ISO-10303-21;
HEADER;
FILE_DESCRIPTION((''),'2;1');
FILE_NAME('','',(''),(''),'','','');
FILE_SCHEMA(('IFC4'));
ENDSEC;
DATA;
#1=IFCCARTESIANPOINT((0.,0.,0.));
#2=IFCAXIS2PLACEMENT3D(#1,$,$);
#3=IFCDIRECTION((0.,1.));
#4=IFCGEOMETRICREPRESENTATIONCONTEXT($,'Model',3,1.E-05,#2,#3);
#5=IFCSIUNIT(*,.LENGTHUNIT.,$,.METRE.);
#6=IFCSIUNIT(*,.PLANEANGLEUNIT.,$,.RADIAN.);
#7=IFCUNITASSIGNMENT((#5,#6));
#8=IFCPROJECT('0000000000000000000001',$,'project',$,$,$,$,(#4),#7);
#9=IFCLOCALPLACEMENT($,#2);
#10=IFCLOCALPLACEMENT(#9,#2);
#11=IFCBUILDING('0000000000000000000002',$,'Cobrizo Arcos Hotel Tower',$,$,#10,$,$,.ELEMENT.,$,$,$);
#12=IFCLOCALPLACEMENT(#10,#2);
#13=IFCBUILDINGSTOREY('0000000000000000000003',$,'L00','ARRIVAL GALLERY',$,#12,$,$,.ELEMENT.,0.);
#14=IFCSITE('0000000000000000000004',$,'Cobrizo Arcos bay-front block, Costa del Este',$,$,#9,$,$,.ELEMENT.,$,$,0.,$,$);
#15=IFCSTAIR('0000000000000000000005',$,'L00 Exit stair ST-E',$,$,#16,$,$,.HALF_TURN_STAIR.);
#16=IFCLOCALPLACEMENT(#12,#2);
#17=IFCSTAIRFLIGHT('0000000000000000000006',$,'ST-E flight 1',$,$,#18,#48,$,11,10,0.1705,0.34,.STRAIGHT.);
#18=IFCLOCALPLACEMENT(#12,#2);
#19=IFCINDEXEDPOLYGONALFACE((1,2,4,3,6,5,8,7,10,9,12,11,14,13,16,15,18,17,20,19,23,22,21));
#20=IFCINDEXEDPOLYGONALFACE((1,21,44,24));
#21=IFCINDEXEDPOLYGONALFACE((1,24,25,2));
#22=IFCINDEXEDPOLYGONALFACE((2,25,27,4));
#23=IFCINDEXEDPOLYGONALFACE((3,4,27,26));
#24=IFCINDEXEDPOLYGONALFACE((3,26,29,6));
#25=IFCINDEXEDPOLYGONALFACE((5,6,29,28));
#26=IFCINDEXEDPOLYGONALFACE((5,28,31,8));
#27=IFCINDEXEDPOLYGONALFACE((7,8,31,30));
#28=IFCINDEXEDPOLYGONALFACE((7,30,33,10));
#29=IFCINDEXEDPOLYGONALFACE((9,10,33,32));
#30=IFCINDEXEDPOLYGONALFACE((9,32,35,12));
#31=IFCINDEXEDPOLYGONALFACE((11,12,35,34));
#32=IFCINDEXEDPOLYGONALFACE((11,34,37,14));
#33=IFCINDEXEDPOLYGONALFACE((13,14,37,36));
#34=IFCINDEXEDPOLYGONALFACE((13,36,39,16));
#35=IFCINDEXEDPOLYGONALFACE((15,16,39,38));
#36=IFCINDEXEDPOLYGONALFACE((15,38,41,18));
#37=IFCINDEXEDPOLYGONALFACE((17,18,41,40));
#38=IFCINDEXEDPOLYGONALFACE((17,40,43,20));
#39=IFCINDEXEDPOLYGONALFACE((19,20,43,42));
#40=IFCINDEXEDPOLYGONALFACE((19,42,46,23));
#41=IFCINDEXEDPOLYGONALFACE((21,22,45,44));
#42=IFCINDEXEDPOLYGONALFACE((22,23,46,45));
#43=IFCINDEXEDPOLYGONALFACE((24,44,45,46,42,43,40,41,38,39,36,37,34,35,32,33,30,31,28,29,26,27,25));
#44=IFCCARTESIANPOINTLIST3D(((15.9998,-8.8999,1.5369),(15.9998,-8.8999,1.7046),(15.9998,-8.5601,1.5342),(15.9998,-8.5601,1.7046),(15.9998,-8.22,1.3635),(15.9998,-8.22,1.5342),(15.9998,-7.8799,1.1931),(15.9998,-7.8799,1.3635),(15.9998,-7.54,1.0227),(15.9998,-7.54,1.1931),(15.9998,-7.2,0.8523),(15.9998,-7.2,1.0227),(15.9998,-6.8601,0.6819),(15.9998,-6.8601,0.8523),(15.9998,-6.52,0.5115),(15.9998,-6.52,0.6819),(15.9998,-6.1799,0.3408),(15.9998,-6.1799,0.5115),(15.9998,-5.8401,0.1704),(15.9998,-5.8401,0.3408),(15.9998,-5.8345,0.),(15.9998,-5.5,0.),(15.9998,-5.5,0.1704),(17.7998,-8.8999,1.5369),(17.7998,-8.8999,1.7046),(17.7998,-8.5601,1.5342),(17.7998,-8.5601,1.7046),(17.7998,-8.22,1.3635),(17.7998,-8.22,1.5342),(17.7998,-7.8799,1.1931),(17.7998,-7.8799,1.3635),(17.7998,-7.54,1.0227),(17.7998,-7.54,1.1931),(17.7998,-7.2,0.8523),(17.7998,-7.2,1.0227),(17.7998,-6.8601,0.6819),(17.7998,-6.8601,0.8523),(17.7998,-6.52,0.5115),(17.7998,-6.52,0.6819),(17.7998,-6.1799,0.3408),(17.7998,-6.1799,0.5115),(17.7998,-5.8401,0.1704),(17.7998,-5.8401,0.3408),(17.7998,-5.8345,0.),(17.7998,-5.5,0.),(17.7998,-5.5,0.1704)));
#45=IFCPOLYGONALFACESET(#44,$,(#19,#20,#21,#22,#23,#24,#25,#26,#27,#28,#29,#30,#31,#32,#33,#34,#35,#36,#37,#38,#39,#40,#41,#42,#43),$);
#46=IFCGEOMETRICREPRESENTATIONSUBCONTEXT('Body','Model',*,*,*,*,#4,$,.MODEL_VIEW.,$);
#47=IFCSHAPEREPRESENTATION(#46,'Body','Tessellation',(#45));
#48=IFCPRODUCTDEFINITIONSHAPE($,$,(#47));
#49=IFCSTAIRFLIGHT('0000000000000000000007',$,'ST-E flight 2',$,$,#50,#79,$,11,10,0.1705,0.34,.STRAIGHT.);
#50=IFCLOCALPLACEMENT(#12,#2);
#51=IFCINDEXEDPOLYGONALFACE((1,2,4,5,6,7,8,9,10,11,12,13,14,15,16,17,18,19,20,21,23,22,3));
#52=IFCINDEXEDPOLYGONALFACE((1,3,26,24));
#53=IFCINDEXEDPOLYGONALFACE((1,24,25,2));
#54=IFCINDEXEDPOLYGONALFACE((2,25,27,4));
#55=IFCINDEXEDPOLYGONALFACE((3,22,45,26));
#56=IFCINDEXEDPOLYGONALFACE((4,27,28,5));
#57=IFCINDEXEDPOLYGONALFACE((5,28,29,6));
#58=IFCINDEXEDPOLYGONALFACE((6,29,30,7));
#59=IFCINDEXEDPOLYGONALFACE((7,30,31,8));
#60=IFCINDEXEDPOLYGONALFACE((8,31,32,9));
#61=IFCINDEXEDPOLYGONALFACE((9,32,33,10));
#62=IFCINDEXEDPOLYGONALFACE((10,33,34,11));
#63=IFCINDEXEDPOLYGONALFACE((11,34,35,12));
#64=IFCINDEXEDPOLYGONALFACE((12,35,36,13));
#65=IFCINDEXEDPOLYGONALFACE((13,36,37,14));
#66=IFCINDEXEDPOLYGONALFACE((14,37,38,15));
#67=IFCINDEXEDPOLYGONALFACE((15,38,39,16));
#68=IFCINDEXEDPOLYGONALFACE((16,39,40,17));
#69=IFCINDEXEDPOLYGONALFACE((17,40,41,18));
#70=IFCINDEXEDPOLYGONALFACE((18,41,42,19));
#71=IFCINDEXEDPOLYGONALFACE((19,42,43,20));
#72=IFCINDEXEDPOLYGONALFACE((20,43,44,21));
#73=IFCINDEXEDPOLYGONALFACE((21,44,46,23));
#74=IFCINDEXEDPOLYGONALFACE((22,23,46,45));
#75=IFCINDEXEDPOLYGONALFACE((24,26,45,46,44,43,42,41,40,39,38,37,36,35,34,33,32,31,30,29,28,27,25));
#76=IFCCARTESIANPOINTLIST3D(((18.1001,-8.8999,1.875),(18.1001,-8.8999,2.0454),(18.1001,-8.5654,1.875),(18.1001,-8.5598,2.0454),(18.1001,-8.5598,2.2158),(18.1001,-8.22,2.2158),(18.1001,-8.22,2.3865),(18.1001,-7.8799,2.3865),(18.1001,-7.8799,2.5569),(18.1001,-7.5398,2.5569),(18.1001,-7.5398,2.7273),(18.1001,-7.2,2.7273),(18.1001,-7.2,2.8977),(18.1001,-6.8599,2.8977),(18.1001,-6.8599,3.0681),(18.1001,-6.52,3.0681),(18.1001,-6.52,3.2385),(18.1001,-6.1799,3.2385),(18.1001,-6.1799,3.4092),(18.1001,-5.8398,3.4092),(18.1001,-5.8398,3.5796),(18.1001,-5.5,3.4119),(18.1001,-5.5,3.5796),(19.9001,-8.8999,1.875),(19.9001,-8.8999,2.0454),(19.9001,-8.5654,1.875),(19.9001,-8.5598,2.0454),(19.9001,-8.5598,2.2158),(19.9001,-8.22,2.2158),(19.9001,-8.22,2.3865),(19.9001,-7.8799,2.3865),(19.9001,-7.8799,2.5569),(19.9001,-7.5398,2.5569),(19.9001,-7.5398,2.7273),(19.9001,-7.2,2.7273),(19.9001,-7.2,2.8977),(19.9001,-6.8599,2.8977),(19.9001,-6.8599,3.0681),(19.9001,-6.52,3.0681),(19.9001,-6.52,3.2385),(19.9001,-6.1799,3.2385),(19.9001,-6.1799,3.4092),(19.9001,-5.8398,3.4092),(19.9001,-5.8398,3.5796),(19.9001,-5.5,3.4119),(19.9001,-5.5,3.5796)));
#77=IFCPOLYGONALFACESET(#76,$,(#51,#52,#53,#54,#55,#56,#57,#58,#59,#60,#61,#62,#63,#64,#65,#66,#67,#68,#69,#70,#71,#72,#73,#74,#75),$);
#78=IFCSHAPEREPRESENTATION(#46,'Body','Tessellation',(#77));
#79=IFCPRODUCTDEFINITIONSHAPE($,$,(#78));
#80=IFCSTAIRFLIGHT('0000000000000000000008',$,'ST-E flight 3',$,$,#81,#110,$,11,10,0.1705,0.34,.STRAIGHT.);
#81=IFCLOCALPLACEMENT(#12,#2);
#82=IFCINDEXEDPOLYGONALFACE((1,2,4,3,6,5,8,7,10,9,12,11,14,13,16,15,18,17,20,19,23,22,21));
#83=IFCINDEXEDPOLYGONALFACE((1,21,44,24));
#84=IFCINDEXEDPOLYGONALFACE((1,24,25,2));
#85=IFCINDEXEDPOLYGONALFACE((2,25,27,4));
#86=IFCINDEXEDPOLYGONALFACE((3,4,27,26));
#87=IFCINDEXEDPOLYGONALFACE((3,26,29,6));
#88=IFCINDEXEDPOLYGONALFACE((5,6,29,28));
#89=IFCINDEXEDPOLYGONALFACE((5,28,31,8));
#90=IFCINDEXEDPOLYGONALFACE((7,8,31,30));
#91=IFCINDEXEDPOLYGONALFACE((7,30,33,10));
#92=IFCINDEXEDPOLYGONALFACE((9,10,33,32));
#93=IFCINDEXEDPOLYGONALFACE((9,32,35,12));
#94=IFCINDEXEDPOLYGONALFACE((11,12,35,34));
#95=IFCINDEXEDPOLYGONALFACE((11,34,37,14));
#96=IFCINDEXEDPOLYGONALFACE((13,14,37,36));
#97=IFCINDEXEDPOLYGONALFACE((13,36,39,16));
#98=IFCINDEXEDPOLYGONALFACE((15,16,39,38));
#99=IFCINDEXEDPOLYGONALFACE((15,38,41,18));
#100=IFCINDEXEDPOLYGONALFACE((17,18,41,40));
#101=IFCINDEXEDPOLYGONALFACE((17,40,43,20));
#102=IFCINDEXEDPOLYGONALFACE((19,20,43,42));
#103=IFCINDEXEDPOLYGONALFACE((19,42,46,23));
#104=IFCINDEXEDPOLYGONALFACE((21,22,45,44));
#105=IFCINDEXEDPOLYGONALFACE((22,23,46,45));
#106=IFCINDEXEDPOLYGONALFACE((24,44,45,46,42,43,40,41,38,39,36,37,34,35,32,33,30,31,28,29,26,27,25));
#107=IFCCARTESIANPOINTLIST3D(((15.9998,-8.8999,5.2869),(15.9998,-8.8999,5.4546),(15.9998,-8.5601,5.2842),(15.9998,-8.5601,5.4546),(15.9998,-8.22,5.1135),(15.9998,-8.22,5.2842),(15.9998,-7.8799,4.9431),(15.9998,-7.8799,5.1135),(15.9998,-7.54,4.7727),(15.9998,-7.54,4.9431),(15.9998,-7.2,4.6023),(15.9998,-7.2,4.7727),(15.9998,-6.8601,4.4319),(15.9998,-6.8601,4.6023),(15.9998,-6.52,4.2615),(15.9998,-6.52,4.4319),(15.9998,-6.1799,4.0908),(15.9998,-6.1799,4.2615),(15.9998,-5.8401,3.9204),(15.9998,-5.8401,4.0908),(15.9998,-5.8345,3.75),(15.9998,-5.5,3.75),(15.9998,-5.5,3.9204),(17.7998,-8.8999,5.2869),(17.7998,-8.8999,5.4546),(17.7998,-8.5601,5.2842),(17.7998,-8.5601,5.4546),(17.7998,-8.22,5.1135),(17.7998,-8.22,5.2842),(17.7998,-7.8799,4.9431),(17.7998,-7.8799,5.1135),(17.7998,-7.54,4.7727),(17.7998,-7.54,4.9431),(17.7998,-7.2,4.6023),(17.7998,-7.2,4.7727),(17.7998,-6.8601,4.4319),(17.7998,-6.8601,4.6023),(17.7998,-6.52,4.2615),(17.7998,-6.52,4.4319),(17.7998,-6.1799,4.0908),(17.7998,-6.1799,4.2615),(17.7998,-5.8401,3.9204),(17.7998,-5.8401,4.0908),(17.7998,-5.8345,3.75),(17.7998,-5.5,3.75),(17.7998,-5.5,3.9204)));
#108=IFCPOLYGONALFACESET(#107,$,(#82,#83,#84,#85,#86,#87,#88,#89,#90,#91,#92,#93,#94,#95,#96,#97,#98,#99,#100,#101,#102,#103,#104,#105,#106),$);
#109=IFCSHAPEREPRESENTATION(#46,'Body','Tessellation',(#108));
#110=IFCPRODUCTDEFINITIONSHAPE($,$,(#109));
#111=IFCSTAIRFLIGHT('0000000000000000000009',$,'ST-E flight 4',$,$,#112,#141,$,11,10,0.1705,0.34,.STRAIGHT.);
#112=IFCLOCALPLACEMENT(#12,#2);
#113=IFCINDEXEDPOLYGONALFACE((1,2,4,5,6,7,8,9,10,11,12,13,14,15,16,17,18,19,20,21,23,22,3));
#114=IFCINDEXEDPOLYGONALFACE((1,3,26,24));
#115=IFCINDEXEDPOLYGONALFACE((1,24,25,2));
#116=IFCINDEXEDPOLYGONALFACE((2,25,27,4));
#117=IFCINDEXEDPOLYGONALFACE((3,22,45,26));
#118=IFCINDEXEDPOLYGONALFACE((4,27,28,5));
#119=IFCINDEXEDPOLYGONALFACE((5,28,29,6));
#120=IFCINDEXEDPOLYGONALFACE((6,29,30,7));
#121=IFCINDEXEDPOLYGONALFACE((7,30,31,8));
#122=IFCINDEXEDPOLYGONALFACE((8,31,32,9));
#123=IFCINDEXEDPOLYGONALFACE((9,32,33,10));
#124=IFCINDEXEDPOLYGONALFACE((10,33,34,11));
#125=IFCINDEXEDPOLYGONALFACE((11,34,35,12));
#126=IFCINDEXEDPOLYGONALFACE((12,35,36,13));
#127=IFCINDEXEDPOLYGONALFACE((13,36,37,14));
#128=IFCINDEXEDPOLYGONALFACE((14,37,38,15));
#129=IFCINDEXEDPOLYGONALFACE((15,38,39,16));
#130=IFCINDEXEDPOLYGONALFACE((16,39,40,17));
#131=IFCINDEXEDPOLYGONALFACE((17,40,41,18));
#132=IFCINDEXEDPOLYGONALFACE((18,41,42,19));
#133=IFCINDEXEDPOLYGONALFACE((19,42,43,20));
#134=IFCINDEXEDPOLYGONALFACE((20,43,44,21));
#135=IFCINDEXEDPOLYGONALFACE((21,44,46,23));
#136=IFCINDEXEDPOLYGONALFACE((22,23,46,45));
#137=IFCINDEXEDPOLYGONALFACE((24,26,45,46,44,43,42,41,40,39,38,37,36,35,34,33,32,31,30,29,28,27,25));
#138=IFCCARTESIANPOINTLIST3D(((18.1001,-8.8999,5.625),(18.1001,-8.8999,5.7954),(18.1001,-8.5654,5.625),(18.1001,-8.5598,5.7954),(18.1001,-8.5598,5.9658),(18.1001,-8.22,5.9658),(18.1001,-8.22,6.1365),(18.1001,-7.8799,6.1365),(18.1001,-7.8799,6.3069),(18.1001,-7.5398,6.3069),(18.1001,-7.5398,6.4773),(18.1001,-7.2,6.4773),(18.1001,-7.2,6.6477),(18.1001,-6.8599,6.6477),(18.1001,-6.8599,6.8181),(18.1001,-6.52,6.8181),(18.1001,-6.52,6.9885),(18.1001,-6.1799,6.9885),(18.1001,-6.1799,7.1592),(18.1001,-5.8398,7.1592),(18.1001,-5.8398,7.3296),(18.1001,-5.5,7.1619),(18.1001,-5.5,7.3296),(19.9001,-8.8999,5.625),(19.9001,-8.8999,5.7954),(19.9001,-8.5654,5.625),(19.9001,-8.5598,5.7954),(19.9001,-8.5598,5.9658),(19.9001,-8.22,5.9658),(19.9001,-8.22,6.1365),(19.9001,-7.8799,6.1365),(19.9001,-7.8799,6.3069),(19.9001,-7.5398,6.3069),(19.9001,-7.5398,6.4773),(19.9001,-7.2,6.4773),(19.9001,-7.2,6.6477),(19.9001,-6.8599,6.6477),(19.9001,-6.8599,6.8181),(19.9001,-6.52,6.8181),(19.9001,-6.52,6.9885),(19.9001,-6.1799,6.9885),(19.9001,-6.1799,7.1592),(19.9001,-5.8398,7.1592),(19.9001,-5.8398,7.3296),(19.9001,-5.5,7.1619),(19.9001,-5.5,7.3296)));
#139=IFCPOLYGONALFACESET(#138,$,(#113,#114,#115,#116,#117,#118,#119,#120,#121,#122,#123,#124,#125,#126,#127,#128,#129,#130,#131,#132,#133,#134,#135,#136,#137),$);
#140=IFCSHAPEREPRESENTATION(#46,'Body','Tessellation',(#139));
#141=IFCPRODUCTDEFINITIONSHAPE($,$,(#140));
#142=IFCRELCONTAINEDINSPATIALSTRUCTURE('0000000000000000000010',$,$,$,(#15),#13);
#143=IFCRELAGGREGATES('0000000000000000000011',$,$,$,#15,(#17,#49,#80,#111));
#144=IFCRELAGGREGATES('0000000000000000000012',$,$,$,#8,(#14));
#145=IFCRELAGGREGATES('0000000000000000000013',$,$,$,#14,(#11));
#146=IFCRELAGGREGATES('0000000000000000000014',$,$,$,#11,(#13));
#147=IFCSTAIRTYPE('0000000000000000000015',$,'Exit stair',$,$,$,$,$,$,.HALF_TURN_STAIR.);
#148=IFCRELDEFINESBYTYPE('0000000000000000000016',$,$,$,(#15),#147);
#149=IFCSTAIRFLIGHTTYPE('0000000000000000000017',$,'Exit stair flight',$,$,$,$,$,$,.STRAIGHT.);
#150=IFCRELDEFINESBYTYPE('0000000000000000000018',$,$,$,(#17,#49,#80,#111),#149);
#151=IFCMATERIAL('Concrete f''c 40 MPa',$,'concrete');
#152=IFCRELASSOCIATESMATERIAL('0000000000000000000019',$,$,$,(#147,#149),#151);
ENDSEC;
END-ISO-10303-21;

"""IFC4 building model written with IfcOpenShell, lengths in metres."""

from ifc_helpers import new_model, si_unit, direction, frame, origin, place, context, subcontext, project, spatial, polyline, outline, extrude, material, type_object, element, aggregate, save


model = new_model("IFC4")

# Units and contexts
model_context = context("Model", 3, precision=1e-05, world=origin(), true_north=direction((0.0, 1.0)))
body_context = subcontext(model_context, "Body", "Model", "MODEL_VIEW")
ifc_project = project(units=[si_unit("LENGTHUNIT", "METRE"), si_unit("PLANEANGLEUNIT", "RADIAN")], contexts=[model_context])

# Site, building, storey
site_placement = place(None, origin())
site = spatial("IfcSite", under=ifc_project, at=site_placement, Name="Cobrizo Arcos bay-front block, Costa del Este", CompositionType="ELEMENT", RefElevation=0.0)
building_placement = place(site_placement, origin())
building = spatial("IfcBuilding", under=site, at=building_placement, Name="Cobrizo Arcos Hotel Tower", CompositionType="ELEMENT")
storey_placement = place(building_placement, origin())
storey = spatial("IfcBuildingStorey", under=building, at=storey_placement, Name="L00", Description="ARRIVAL GALLERY", CompositionType="ELEMENT", Elevation=0.0)

# Stair, stair flights
ifc_material_1 = material(Name="Concrete f'c 40 MPa", Category="concrete")
stair_type = type_object("IfcStairType", Name="Exit stair", PredefinedType="HALF_TURN_STAIR", material=ifc_material_1)
stair_placement = place(storey_placement, origin())
stair = element("IfcStair", 1, at=stair_placement, inside=storey, type_object=stair_type, Name="L00 Exit stair ST-E", PredefinedType="HALF_TURN_STAIR")
stair_flight_type = type_object("IfcStairFlightType", Name="Exit stair flight", PredefinedType="STRAIGHT", material=ifc_material_1)
stair_flight_1_placement = place(storey_placement, frame((16.8999, -5.5, 0.0), z_axis=(0.0, 0.0, 1.0), x_axis=(0.0, -1.0, 0.0)))
stair_flight_1 = element("IfcStairFlight", 2, at=stair_flight_1_placement, type_object=stair_flight_type, Name="ST-E flight 1", NumberOfRisers=11, NumberOfTreads=10, PredefinedType="STRAIGHT", RiserHeight=0.1705, TreadLength=0.34, context=body_context, shape_type="SweptSolid", body=[
    extrude(outline(polyline([(0.0, 0.0), (0.0, 0.1704), (0.3401, 0.1704), (0.3401, 0.3408), (0.6799, 0.3408), (0.6799, 0.5115), (1.02, 0.5115), (1.02, 0.6819), (1.3601, 0.6819), (1.3601, 0.8523), (1.7, 0.8523), (1.7, 1.0227), (2.04, 1.0227), (2.04, 1.1931), (2.3799, 1.1931), (2.3799, 1.3635), (2.72, 1.3635), (2.72, 1.5342), (3.0601, 1.5342), (3.0601, 1.7046), (3.3999, 1.7046), (3.3999, 1.875), (3.3999, 1.5369), (0.3345, 0.0), (0.0, 0.0)])), frame((0.0, 0.8999, 0.0), z_axis=(0.0, -1.0, 0.0), x_axis=(1.0, 0.0, 0.0)), (0.0, 0.0, 1.0), 1.8),
])
stair_flight_2_placement = place(storey_placement, frame((19.0, -8.8999, 1.875), z_axis=(0.0, 0.0, 1.0), x_axis=(0.0, 1.0, 0.0)))
stair_flight_2 = element("IfcStairFlight", 3, at=stair_flight_2_placement, type_object=stair_flight_type, Name="ST-E flight 2", NumberOfRisers=11, NumberOfTreads=10, PredefinedType="STRAIGHT", RiserHeight=0.1705, TreadLength=0.34, context=body_context, shape_type="SweptSolid", body=[
    extrude(outline(polyline([(0.0, 0.0), (0.0, 0.1704), (0.3401, 0.1704), (0.3401, 0.3408), (0.6799, 0.3408), (0.6799, 0.5115), (1.02, 0.5115), (1.02, 0.6819), (1.3601, 0.6819), (1.3601, 0.8523), (1.7, 0.8523), (1.7, 1.0227), (2.04, 1.0227), (2.04, 1.1931), (2.3799, 1.1931), (2.3799, 1.3635), (2.72, 1.3635), (2.72, 1.5342), (3.0601, 1.5342), (3.0601, 1.7046), (3.3999, 1.7046), (3.3999, 1.875), (3.3999, 1.5369), (0.3345, 0.0), (0.0, 0.0)])), frame((0.0, 0.8999, 0.0), z_axis=(0.0, -1.0, 0.0), x_axis=(1.0, 0.0, 0.0)), (0.0, 0.0, 1.0), 1.8),
])
stair_flight_3_placement = place(storey_placement, frame((16.8999, -5.5, 3.75), z_axis=(0.0, 0.0, 1.0), x_axis=(0.0, -1.0, 0.0)))
stair_flight_3 = element("IfcStairFlight", 4, at=stair_flight_3_placement, type_object=stair_flight_type, Name="ST-E flight 3", NumberOfRisers=11, NumberOfTreads=10, PredefinedType="STRAIGHT", RiserHeight=0.1705, TreadLength=0.34, context=body_context, shape_type="SweptSolid", body=[
    extrude(outline(polyline([(0.0, 0.0), (0.0, 0.1704), (0.3401, 0.1704), (0.3401, 0.3408), (0.6799, 0.3408), (0.6799, 0.5115), (1.02, 0.5115), (1.02, 0.6819), (1.3601, 0.6819), (1.3601, 0.8523), (1.7, 0.8523), (1.7, 1.0227), (2.04, 1.0227), (2.04, 1.1931), (2.3799, 1.1931), (2.3799, 1.3635), (2.72, 1.3635), (2.72, 1.5342), (3.0601, 1.5342), (3.0601, 1.7046), (3.3999, 1.7046), (3.3999, 1.875), (3.3999, 1.5369), (0.3345, 0.0), (0.0, 0.0)])), frame((0.0, 0.8999, 0.0), z_axis=(0.0, -1.0, 0.0), x_axis=(1.0, 0.0, 0.0)), (0.0, 0.0, 1.0), 1.8),
])
stair_flight_4_placement = place(storey_placement, frame((19.0, -8.8999, 5.625), z_axis=(0.0, 0.0, 1.0), x_axis=(0.0, 1.0, 0.0)))
stair_flight_4 = element("IfcStairFlight", 5, at=stair_flight_4_placement, type_object=stair_flight_type, Name="ST-E flight 4", NumberOfRisers=11, NumberOfTreads=10, PredefinedType="STRAIGHT", RiserHeight=0.1705, TreadLength=0.34, context=body_context, shape_type="SweptSolid", body=[
    extrude(outline(polyline([(0.0, 0.0), (0.0, 0.1704), (0.3401, 0.1704), (0.3401, 0.3408), (0.6799, 0.3408), (0.6799, 0.5115), (1.02, 0.5115), (1.02, 0.6819), (1.3601, 0.6819), (1.3601, 0.8523), (1.7, 0.8523), (1.7, 1.0227), (2.04, 1.0227), (2.04, 1.1931), (2.3799, 1.1931), (2.3799, 1.3635), (2.72, 1.3635), (2.72, 1.5342), (3.0601, 1.5342), (3.0601, 1.7046), (3.3999, 1.7046), (3.3999, 1.875), (3.3999, 1.5369), (0.3345, 0.0), (0.0, 0.0)])), frame((0.0, 0.8999, 0.0), z_axis=(0.0, -1.0, 0.0), x_axis=(1.0, 0.0, 0.0)), (0.0, 0.0, 1.0), 1.8),
])
aggregate(stair, [stair_flight_1, stair_flight_2, stair_flight_3, stair_flight_4])

save(model, "model.ifc")
